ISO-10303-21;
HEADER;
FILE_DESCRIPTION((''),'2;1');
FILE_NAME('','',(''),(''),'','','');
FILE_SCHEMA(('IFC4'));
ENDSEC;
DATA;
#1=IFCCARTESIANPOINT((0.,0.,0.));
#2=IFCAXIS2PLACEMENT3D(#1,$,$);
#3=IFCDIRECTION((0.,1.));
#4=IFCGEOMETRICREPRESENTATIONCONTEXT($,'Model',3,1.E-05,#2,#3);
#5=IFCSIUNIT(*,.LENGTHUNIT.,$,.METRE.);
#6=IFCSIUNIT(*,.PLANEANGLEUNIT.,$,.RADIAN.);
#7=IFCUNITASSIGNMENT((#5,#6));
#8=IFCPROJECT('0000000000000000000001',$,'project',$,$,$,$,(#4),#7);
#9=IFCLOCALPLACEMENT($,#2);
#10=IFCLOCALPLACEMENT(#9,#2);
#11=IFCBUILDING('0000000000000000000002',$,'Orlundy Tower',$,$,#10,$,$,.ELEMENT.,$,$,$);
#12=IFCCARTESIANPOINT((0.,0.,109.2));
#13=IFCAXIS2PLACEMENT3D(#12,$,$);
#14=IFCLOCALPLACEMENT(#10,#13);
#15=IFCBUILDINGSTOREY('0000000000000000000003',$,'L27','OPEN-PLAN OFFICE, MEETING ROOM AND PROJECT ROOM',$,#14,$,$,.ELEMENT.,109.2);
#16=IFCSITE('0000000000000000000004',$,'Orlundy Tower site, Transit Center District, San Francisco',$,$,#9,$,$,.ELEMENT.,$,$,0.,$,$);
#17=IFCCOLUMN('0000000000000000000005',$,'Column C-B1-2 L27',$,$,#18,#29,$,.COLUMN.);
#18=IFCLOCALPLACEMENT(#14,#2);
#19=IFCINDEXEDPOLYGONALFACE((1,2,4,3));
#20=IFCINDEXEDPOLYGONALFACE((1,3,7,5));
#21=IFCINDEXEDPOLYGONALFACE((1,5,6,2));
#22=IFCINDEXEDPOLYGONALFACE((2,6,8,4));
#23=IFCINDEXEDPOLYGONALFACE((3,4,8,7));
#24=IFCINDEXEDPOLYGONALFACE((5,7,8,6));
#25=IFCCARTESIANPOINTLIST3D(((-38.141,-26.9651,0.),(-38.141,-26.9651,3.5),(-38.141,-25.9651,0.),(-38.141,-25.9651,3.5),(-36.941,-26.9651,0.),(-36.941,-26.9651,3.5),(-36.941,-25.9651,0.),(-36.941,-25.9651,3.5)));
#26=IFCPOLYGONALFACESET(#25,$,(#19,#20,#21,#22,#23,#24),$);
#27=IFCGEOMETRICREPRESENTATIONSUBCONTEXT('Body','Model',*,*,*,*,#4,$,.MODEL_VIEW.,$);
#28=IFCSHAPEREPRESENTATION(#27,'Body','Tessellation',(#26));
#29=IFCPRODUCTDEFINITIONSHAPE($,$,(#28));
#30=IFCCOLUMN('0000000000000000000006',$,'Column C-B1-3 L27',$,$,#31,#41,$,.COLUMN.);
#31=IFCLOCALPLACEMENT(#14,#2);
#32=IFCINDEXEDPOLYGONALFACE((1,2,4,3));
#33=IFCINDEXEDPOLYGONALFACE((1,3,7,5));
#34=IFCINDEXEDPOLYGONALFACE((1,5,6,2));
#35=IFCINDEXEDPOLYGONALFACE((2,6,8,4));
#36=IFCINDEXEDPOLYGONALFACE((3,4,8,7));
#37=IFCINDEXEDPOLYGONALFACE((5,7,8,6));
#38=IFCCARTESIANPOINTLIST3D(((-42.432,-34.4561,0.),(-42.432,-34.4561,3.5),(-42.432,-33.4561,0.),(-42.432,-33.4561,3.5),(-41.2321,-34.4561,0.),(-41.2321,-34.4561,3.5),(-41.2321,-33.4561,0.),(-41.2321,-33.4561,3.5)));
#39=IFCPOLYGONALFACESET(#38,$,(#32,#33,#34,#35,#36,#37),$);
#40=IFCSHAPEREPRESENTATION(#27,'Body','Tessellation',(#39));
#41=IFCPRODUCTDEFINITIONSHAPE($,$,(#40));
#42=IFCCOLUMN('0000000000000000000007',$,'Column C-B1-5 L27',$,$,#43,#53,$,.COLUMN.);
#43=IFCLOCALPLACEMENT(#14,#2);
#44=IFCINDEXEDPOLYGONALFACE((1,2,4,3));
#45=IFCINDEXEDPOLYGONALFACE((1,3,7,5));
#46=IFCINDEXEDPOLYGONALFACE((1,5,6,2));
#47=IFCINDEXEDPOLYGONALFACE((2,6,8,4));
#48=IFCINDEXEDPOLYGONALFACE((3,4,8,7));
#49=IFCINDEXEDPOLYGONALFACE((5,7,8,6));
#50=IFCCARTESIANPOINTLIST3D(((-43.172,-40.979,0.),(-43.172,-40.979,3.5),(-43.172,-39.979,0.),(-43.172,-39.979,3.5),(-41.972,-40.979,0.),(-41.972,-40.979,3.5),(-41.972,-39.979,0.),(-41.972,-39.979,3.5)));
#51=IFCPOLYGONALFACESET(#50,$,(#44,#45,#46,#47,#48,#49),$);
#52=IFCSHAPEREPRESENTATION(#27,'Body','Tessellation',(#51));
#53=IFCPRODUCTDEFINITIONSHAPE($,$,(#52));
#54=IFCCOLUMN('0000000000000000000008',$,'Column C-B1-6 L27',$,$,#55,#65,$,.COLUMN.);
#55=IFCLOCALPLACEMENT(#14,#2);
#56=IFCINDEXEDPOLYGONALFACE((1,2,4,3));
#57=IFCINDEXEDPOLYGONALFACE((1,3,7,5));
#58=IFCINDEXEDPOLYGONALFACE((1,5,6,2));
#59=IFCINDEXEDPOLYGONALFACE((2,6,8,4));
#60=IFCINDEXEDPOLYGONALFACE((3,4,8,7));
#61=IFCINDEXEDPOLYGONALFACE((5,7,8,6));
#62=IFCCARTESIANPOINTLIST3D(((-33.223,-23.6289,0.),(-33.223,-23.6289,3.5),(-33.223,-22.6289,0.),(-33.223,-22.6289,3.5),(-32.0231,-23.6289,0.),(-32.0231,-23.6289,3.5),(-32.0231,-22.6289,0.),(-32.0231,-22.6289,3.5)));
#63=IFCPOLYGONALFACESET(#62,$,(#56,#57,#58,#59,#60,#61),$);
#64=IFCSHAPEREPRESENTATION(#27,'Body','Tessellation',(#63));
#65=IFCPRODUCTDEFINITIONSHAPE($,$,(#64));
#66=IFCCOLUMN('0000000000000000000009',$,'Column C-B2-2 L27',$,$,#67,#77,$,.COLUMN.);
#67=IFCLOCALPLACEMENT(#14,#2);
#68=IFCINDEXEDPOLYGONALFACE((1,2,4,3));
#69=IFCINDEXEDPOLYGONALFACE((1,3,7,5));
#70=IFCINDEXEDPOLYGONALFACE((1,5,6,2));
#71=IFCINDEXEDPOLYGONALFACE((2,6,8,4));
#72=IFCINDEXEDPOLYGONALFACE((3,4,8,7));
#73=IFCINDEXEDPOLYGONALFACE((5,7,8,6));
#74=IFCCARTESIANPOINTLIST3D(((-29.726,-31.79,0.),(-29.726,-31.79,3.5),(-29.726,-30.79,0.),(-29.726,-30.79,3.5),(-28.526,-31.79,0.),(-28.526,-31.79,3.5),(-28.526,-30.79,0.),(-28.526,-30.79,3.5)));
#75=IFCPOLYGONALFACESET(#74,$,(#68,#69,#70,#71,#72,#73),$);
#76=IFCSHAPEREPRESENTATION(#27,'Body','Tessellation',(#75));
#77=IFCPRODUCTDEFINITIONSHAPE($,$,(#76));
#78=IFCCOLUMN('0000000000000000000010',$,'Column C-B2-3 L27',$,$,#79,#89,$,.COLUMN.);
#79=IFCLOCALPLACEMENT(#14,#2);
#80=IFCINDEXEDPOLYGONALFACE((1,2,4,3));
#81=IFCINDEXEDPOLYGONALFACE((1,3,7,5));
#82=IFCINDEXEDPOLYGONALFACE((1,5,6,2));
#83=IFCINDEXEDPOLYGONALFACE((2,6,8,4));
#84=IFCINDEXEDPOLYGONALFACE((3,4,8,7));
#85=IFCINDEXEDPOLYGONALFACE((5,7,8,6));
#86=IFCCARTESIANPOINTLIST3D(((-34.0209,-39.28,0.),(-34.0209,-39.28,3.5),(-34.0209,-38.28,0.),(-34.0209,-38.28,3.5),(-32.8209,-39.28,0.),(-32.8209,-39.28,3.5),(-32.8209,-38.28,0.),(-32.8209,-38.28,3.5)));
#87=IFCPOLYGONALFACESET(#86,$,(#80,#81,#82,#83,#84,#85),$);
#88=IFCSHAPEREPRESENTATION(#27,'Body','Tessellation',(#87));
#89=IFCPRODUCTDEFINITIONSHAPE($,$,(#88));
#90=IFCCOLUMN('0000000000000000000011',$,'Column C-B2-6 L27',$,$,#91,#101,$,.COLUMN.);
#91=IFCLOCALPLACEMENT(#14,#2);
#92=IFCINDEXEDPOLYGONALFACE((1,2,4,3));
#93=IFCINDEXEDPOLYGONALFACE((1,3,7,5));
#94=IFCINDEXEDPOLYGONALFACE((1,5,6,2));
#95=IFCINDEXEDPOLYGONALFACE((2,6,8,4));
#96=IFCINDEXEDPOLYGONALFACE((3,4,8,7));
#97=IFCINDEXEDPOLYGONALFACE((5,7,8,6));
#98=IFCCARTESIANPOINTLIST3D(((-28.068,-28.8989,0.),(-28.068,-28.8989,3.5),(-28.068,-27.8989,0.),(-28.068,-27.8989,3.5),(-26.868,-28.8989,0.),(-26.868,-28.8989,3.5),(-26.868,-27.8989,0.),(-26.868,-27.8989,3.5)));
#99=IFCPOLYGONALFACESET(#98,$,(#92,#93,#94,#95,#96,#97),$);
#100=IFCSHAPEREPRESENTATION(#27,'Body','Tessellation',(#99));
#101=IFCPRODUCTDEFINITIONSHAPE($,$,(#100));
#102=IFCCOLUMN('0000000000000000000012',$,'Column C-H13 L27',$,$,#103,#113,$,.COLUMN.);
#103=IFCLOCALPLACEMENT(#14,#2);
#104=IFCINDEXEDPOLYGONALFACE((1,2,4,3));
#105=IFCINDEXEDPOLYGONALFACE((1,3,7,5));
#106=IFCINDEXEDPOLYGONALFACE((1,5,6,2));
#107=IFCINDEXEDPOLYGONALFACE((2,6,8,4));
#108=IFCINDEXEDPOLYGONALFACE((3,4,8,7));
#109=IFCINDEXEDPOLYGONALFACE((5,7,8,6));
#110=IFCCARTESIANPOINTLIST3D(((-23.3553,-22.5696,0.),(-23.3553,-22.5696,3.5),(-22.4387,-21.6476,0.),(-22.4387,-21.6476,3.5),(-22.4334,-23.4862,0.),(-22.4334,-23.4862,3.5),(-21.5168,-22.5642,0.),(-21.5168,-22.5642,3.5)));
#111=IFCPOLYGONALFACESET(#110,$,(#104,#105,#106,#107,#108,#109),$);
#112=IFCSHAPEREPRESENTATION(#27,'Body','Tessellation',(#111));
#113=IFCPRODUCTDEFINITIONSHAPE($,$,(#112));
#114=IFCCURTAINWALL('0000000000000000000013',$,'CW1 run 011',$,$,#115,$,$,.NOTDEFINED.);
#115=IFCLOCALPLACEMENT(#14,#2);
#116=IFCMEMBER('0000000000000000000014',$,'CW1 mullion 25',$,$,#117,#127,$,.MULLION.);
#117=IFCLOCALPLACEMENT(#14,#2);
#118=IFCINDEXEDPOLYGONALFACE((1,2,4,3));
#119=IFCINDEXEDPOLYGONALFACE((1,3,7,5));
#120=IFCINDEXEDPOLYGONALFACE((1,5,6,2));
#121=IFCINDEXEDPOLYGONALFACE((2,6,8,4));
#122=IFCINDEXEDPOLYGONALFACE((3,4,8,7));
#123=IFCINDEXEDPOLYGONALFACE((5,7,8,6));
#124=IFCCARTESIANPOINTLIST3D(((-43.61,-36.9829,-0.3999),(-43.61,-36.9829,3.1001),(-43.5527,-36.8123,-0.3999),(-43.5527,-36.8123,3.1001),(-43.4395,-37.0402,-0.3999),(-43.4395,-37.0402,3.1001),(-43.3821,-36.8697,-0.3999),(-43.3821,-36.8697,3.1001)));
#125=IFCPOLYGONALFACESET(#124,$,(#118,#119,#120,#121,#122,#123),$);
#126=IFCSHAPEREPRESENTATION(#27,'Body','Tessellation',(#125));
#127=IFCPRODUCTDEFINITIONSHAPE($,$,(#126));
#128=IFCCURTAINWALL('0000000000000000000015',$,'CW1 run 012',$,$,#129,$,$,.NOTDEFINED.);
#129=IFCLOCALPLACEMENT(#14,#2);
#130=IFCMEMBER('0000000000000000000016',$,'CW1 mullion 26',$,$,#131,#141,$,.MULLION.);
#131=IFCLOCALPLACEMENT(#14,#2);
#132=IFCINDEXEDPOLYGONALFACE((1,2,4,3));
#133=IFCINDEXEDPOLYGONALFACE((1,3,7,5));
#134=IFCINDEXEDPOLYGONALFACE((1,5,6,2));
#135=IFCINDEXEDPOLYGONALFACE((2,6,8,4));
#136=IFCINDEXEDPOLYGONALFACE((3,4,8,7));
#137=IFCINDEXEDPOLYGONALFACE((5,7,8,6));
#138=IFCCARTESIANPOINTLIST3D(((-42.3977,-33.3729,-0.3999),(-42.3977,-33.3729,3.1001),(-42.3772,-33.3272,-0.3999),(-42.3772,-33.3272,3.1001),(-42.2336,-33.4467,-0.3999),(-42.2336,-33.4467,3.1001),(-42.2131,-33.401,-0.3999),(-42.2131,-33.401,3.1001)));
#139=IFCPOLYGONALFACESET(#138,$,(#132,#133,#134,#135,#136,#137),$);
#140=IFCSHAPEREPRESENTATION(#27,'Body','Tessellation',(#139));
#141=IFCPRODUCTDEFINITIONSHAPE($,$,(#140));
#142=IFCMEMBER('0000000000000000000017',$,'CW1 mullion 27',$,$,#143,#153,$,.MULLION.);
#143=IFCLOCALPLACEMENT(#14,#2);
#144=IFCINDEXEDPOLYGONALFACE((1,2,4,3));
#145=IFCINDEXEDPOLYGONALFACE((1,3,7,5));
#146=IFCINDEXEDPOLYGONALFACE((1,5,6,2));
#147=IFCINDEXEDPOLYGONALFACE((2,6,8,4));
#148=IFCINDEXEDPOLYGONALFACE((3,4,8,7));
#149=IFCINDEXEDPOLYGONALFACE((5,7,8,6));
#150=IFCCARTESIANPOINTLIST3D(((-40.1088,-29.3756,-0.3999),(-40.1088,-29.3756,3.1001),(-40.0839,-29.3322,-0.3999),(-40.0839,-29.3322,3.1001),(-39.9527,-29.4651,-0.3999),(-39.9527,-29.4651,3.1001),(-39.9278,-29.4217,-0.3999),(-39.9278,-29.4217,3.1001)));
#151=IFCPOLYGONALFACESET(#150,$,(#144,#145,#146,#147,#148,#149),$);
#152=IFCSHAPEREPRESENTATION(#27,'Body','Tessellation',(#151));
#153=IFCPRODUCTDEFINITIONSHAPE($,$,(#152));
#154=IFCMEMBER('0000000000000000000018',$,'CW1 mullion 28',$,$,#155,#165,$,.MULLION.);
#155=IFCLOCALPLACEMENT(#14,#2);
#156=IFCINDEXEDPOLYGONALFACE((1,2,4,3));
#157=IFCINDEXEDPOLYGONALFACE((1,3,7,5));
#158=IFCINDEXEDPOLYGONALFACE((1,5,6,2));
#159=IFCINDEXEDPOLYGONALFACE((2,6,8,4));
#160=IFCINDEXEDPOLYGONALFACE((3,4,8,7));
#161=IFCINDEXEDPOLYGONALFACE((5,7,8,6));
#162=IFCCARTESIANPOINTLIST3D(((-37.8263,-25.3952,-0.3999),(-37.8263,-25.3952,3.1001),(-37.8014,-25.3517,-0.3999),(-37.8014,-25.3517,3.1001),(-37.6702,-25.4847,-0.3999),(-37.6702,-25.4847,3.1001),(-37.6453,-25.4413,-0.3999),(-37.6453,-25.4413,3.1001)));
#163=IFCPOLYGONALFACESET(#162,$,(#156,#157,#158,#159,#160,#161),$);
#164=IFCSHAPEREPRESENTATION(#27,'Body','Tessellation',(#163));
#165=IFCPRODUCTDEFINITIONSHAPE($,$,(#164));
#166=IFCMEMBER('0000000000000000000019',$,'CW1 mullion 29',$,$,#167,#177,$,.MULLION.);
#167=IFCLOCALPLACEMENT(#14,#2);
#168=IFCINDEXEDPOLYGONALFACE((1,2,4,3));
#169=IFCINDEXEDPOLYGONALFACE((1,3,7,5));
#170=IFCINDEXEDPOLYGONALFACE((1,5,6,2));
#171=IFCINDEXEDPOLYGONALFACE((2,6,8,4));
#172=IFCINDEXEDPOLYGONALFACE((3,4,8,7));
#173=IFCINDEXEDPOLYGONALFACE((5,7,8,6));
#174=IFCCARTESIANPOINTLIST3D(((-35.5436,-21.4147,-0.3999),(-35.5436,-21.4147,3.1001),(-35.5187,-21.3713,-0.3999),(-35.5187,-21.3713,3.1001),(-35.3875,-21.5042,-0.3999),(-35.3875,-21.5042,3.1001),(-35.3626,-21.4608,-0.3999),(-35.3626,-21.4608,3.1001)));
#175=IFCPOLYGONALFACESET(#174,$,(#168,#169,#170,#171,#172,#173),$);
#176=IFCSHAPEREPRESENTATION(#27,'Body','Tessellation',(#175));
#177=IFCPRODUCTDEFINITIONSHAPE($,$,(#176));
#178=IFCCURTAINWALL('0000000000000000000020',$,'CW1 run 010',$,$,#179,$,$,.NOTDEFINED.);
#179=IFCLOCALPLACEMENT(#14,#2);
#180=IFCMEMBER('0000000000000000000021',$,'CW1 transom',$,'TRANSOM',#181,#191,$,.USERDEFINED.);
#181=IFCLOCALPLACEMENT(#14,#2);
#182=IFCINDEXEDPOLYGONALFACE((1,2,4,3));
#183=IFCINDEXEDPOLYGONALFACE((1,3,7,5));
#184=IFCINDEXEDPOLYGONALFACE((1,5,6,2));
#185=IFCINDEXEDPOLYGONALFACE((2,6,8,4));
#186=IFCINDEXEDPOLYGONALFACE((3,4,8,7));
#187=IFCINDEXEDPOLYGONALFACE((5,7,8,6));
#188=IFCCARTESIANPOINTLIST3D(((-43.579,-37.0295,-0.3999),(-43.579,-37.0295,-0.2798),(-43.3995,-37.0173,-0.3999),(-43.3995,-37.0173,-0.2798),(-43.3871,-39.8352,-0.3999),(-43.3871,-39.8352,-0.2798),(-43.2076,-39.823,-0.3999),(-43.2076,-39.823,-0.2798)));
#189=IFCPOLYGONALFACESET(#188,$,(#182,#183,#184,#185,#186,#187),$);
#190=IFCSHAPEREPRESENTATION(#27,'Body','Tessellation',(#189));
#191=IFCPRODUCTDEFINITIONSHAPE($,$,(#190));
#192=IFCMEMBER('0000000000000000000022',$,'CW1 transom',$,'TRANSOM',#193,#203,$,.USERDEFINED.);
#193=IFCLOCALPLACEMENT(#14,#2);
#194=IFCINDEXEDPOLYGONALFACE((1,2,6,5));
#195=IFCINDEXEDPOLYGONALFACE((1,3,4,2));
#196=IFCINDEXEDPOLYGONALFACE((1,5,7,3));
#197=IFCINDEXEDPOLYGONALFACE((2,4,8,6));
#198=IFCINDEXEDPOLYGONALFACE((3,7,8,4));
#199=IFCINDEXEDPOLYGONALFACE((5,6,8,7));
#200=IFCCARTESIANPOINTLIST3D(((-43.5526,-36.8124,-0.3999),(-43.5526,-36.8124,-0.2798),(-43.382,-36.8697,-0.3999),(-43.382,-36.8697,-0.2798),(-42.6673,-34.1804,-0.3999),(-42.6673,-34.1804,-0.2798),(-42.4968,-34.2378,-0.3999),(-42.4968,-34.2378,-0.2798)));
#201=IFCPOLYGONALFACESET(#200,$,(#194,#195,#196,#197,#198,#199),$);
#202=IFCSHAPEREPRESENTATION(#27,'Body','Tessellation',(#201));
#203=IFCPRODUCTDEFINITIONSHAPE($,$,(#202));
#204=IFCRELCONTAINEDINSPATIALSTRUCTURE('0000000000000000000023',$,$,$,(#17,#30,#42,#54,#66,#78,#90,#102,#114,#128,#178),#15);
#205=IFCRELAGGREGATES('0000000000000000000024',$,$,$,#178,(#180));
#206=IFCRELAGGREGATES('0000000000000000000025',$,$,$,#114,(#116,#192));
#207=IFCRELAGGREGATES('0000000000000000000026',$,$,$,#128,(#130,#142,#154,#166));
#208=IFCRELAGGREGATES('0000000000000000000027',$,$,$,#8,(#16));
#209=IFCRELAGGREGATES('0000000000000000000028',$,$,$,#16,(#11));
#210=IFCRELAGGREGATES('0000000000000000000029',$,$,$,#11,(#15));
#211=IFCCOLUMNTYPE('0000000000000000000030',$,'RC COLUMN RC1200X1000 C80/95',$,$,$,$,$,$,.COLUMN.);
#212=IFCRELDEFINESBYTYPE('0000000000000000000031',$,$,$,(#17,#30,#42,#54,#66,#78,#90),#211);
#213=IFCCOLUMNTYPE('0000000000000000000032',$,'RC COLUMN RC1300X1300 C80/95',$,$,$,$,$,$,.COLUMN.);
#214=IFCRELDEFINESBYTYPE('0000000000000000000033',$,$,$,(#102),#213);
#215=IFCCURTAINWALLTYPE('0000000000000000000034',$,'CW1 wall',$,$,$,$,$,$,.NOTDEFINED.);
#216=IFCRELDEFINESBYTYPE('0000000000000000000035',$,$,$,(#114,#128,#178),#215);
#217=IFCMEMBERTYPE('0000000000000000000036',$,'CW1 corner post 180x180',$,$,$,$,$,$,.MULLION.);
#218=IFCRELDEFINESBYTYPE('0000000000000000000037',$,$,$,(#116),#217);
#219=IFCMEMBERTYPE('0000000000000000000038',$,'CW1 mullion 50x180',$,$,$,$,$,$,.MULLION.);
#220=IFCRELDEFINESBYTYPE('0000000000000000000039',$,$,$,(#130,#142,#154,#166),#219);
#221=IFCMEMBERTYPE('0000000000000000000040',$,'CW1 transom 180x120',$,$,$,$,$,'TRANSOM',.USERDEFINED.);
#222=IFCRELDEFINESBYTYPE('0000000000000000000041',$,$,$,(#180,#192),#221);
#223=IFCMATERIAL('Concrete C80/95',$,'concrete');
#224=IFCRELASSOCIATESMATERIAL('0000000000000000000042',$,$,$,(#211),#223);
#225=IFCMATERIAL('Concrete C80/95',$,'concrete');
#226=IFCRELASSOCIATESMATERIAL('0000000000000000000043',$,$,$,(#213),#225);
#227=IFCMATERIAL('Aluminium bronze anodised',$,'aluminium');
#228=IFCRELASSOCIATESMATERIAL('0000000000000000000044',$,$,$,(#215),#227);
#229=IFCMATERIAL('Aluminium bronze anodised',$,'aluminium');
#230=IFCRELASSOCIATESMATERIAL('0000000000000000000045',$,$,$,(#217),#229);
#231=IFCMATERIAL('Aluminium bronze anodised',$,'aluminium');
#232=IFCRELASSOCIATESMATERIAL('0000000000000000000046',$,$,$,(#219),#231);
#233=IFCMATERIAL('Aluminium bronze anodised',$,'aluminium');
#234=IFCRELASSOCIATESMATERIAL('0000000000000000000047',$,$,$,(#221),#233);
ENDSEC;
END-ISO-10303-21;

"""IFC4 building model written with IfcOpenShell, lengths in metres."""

from ifc_helpers import new_model, si_unit, direction, frame, origin, origin_2d, place, context, subcontext, project, spatial, rectangle, extrude, material, material_profile, profile_set, type_object, element, aggregate, save


model = new_model("IFC4")

# Units and contexts
model_context = context("Model", 3, precision=1e-05, world=origin(), true_north=direction((0.0, 1.0)))
body_context = subcontext(model_context, "Body", "Model", "MODEL_VIEW")
ifc_project = project(units=[si_unit("LENGTHUNIT", "METRE"), si_unit("PLANEANGLEUNIT", "RADIAN")], contexts=[model_context])

# Site, building, storey
site_placement = place(None, origin())
site = spatial("IfcSite", under=ifc_project, at=site_placement, Name="Orlundy Tower site, Transit Center District, San Francisco", CompositionType="ELEMENT", RefElevation=0.0)
building_placement = place(site_placement, origin())
building = spatial("IfcBuilding", under=site, at=building_placement, Name="Orlundy Tower", CompositionType="ELEMENT")
storey_placement = place(building_placement, frame((0.0, 0.0, 109.2)))
storey = spatial("IfcBuildingStorey", under=building, at=storey_placement, Name="L27", Description="OPEN-PLAN OFFICE, MEETING ROOM AND PROJECT ROOM", CompositionType="ELEMENT", Elevation=109.2)

# Columns
ifc_material_1 = material(Name="Concrete C80/95", Category="concrete")
ifc_material_profile_1 = material_profile(ifc_material_1, rectangle(XDim=1.2, YDim=1.0, at=origin_2d()), Name="RC1200X1000")
ifc_profile_set_1 = profile_set([ifc_material_profile_1], Name="Concrete C80/95")
column_type_1 = type_object("IfcColumnType", Name="RC COLUMN RC1200X1000 C80/95", PredefinedType="COLUMN", material=ifc_profile_set_1)
for number, where, z_axis, x_axis, name in (
    (1, (-37.541, -26.4651, 0.0), (0.0, 0.0, 1.0), (1.0, 0.0, 0.0), "Column C-B1-2 L27"),
    (2, (-41.832, -33.9561, 0.0), (0.0, 0.0, 1.0), (1.0, 0.0, 0.0), "Column C-B1-3 L27"),
    (3, (-42.572, -40.479, 0.0), (0.0, 0.0, 1.0), (1.0, 0.0, 0.0), "Column C-B1-5 L27"),
    (4, (-32.623, -23.1289, 0.0), (0.0, 0.0, 1.0), (1.0, 0.0, 0.0), "Column C-B1-6 L27"),
    (5, (-29.126, -31.29, 0.0), (0.0, 0.0, 1.0), (1.0, 0.0, 0.0), "Column C-B2-2 L27"),
    (6, (-33.4209, -38.78, 0.0), (0.0, 0.0, 1.0), (1.0, 0.0, 0.0), "Column C-B2-3 L27"),
    (7, (-27.468, -28.3989, 0.0), (0.0, 0.0, 1.0), (1.0, 0.0, 0.0), "Column C-B2-6 L27"),
):
    element("IfcColumn", number, at=place(storey_placement, frame(where, z_axis=z_axis, x_axis=x_axis)), inside=storey, type_object=column_type_1, Name=name, PredefinedType="COLUMN", context=body_context, shape_type="SweptSolid", body=[
        extrude(rectangle(XDim=1.2, YDim=1.0, at=origin_2d()), origin(), (0.0, 0.0, 1.0), 3.5),
    ])
ifc_material_2 = material(Name="Concrete C80/95", Category="concrete")
ifc_material_profile_2 = material_profile(ifc_material_2, rectangle(XDim=1.3, YDim=1.3, at=origin_2d()), Name="RC1300X1300")
ifc_profile_set_2 = profile_set([ifc_material_profile_2], Name="Concrete C80/95")
column_type_2 = type_object("IfcColumnType", Name="RC COLUMN RC1300X1300 C80/95", PredefinedType="COLUMN", material=ifc_profile_set_2)
column_placement = place(storey_placement, frame((-22.436, -22.5669, 0.0), z_axis=(0.0, 0.0, 1.0), x_axis=(-0.705043, -0.709165, 0.0)))
element("IfcColumn", 8, at=column_placement, inside=storey, type_object=column_type_2, Name="Column C-H13 L27", PredefinedType="COLUMN", context=body_context, shape_type="SweptSolid", body=[
    extrude(rectangle(XDim=1.3, YDim=1.3, at=origin_2d()), origin(), (0.0, 0.0, 1.0), 3.5),
])

# Curtain wall, member
ifc_material_3 = material(Name="Aluminium bronze anodised", Category="aluminium")
curtain_wall_type = type_object("IfcCurtainWallType", Name="CW1 wall", PredefinedType="NOTDEFINED", material=ifc_material_3)
curtain_wall_1_placement = place(storey_placement, origin())
curtain_wall_1 = element("IfcCurtainWall", 9, at=curtain_wall_1_placement, inside=storey, type_object=curtain_wall_type, Name="CW1 run 011", PredefinedType="NOTDEFINED")
ifc_material_4 = material(Name="Aluminium bronze anodised", Category="aluminium")
ifc_material_profile_3 = material_profile(ifc_material_4, rectangle(XDim=0.1799, YDim=0.1799, at=origin_2d()), Name="CW1 corner post 180x180")
ifc_profile_set_3 = profile_set([ifc_material_profile_3], Name="Aluminium bronze anodised")
member_type_1 = type_object("IfcMemberType", Name="CW1 corner post 180x180", PredefinedType="MULLION", material=ifc_profile_set_3)
member_1_placement = place(storey_placement, frame((-43.4961, -36.9263, -0.3999), z_axis=(0.0, 0.0, 1.0), x_axis=(-0.947817, 0.318816, 0.0)))
member_1 = element("IfcMember", 10, at=member_1_placement, type_object=member_type_1, Name="CW1 mullion 25", PredefinedType="MULLION", context=body_context, shape_type="SweptSolid", body=[
    extrude(rectangle(XDim=0.1799, YDim=0.1799, at=origin_2d()), origin(), (0.0, 0.0, 1.0), 3.5),
])

# Curtain wall, members
curtain_wall_2_placement = place(storey_placement, origin())
curtain_wall_2 = element("IfcCurtainWall", 11, at=curtain_wall_2_placement, inside=storey, type_object=curtain_wall_type, Name="CW1 run 012", PredefinedType="NOTDEFINED")
ifc_material_5 = material(Name="Aluminium bronze anodised", Category="aluminium")
ifc_material_profile_4 = material_profile(ifc_material_5, rectangle(XDim=0.1799, YDim=0.05, at=origin_2d()), Name="CW1 mullion 50x180")
ifc_profile_set_4 = profile_set([ifc_material_profile_4], Name="Aluminium bronze anodised")
member_type_2 = type_object("IfcMemberType", Name="CW1 mullion 50x180", PredefinedType="MULLION", material=ifc_profile_set_4)
member_2_placement = place(storey_placement, frame((-42.3054, -33.387, -0.3999), z_axis=(0.0, 0.0, 1.0), x_axis=(-0.912034, 0.410114, 0.0)))
member_2 = element("IfcMember", 12, at=member_2_placement, type_object=member_type_2, Name="CW1 mullion 26", PredefinedType="MULLION", context=body_context, shape_type="SweptSolid", body=[
    extrude(rectangle(XDim=0.1799, YDim=0.05, at=origin_2d()), origin(), (0.0, 0.0, 1.0), 3.5),
])
member_3_placement = place(storey_placement, frame((-40.0183, -29.3987, -0.3999), z_axis=(0.0, 0.0, 1.0), x_axis=(-0.867482, 0.497468, 0.0)))
member_3 = element("IfcMember", 13, at=member_3_placement, type_object=member_type_2, Name="CW1 mullion 27", PredefinedType="MULLION", context=body_context, shape_type="SweptSolid", body=[
    extrude(rectangle(XDim=0.1799, YDim=0.05, at=origin_2d()), origin(), (0.0, 0.0, 1.0), 3.5),
])
member_4_placement = place(storey_placement, frame((-37.7358, -25.4182, -0.3999), z_axis=(0.0, 0.0, 1.0), x_axis=(-0.867482, 0.497468, 0.0)))
member_4 = element("IfcMember", 14, at=member_4_placement, type_object=member_type_2, Name="CW1 mullion 28", PredefinedType="MULLION", context=body_context, shape_type="SweptSolid", body=[
    extrude(rectangle(XDim=0.1799, YDim=0.05, at=origin_2d()), origin(), (0.0, 0.0, 1.0), 3.5),
])
member_5_placement = place(storey_placement, frame((-35.4531, -21.4377, -0.3999), z_axis=(0.0, 0.0, 1.0), x_axis=(-0.867482, 0.497468, 0.0)))
member_5 = element("IfcMember", 15, at=member_5_placement, type_object=member_type_2, Name="CW1 mullion 29", PredefinedType="MULLION", context=body_context, shape_type="SweptSolid", body=[
    extrude(rectangle(XDim=0.1799, YDim=0.05, at=origin_2d()), origin(), (0.0, 0.0, 1.0), 3.5),
])

# Curtain wall, member
curtain_wall_3_placement = place(storey_placement, origin())
curtain_wall_3 = element("IfcCurtainWall", 16, at=curtain_wall_3_placement, inside=storey, type_object=curtain_wall_type, Name="CW1 run 010", PredefinedType="NOTDEFINED")
ifc_material_6 = material(Name="Aluminium bronze anodised", Category="aluminium")
ifc_material_profile_5 = material_profile(ifc_material_6, rectangle(XDim=0.1799, YDim=0.1201, at=origin_2d()), Name="CW1 transom 180x120")
ifc_profile_set_5 = profile_set([ifc_material_profile_5], Name="Aluminium bronze anodised")
member_type_3 = type_object("IfcMemberType", Name="CW1 transom 180x120", ElementType="TRANSOM", PredefinedType="USERDEFINED", material=ifc_profile_set_5)
member_6_placement = place(storey_placement, frame((-43.2974, -39.8291, -0.3398), z_axis=(-0.068236, 0.997669, 0.0), x_axis=(-0.997669, -0.068236, 0.0)))
member_6 = element("IfcMember", 17, at=member_6_placement, type_object=member_type_3, Name="CW1 transom", ObjectType="TRANSOM", PredefinedType="USERDEFINED", context=body_context, shape_type="SweptSolid", body=[
    extrude(rectangle(XDim=0.1799, YDim=0.1201, at=origin_2d()), origin(), (0.0, 0.0, 1.0), 2.8123),
])

# Member
member_7_placement = place(storey_placement, frame((-43.4673, -36.8411, -0.3398), z_axis=(0.318785, 0.947827, 0.0), x_axis=(-0.947827, 0.318785, 0.0)))
member_7 = element("IfcMember", 18, at=member_7_placement, type_object=member_type_3, Name="CW1 transom", ObjectType="TRANSOM", PredefinedType="USERDEFINED", context=body_context, shape_type="SweptSolid", body=[
    extrude(rectangle(XDim=0.1799, YDim=0.1201, at=origin_2d()), origin(), (0.0, 0.0, 1.0), 2.7769),
])

aggregate(curtain_wall_3, [member_6])
aggregate(curtain_wall_1, [member_1, member_7])
aggregate(curtain_wall_2, [member_2, member_3, member_4, member_5])

save(model, "model.ifc")
